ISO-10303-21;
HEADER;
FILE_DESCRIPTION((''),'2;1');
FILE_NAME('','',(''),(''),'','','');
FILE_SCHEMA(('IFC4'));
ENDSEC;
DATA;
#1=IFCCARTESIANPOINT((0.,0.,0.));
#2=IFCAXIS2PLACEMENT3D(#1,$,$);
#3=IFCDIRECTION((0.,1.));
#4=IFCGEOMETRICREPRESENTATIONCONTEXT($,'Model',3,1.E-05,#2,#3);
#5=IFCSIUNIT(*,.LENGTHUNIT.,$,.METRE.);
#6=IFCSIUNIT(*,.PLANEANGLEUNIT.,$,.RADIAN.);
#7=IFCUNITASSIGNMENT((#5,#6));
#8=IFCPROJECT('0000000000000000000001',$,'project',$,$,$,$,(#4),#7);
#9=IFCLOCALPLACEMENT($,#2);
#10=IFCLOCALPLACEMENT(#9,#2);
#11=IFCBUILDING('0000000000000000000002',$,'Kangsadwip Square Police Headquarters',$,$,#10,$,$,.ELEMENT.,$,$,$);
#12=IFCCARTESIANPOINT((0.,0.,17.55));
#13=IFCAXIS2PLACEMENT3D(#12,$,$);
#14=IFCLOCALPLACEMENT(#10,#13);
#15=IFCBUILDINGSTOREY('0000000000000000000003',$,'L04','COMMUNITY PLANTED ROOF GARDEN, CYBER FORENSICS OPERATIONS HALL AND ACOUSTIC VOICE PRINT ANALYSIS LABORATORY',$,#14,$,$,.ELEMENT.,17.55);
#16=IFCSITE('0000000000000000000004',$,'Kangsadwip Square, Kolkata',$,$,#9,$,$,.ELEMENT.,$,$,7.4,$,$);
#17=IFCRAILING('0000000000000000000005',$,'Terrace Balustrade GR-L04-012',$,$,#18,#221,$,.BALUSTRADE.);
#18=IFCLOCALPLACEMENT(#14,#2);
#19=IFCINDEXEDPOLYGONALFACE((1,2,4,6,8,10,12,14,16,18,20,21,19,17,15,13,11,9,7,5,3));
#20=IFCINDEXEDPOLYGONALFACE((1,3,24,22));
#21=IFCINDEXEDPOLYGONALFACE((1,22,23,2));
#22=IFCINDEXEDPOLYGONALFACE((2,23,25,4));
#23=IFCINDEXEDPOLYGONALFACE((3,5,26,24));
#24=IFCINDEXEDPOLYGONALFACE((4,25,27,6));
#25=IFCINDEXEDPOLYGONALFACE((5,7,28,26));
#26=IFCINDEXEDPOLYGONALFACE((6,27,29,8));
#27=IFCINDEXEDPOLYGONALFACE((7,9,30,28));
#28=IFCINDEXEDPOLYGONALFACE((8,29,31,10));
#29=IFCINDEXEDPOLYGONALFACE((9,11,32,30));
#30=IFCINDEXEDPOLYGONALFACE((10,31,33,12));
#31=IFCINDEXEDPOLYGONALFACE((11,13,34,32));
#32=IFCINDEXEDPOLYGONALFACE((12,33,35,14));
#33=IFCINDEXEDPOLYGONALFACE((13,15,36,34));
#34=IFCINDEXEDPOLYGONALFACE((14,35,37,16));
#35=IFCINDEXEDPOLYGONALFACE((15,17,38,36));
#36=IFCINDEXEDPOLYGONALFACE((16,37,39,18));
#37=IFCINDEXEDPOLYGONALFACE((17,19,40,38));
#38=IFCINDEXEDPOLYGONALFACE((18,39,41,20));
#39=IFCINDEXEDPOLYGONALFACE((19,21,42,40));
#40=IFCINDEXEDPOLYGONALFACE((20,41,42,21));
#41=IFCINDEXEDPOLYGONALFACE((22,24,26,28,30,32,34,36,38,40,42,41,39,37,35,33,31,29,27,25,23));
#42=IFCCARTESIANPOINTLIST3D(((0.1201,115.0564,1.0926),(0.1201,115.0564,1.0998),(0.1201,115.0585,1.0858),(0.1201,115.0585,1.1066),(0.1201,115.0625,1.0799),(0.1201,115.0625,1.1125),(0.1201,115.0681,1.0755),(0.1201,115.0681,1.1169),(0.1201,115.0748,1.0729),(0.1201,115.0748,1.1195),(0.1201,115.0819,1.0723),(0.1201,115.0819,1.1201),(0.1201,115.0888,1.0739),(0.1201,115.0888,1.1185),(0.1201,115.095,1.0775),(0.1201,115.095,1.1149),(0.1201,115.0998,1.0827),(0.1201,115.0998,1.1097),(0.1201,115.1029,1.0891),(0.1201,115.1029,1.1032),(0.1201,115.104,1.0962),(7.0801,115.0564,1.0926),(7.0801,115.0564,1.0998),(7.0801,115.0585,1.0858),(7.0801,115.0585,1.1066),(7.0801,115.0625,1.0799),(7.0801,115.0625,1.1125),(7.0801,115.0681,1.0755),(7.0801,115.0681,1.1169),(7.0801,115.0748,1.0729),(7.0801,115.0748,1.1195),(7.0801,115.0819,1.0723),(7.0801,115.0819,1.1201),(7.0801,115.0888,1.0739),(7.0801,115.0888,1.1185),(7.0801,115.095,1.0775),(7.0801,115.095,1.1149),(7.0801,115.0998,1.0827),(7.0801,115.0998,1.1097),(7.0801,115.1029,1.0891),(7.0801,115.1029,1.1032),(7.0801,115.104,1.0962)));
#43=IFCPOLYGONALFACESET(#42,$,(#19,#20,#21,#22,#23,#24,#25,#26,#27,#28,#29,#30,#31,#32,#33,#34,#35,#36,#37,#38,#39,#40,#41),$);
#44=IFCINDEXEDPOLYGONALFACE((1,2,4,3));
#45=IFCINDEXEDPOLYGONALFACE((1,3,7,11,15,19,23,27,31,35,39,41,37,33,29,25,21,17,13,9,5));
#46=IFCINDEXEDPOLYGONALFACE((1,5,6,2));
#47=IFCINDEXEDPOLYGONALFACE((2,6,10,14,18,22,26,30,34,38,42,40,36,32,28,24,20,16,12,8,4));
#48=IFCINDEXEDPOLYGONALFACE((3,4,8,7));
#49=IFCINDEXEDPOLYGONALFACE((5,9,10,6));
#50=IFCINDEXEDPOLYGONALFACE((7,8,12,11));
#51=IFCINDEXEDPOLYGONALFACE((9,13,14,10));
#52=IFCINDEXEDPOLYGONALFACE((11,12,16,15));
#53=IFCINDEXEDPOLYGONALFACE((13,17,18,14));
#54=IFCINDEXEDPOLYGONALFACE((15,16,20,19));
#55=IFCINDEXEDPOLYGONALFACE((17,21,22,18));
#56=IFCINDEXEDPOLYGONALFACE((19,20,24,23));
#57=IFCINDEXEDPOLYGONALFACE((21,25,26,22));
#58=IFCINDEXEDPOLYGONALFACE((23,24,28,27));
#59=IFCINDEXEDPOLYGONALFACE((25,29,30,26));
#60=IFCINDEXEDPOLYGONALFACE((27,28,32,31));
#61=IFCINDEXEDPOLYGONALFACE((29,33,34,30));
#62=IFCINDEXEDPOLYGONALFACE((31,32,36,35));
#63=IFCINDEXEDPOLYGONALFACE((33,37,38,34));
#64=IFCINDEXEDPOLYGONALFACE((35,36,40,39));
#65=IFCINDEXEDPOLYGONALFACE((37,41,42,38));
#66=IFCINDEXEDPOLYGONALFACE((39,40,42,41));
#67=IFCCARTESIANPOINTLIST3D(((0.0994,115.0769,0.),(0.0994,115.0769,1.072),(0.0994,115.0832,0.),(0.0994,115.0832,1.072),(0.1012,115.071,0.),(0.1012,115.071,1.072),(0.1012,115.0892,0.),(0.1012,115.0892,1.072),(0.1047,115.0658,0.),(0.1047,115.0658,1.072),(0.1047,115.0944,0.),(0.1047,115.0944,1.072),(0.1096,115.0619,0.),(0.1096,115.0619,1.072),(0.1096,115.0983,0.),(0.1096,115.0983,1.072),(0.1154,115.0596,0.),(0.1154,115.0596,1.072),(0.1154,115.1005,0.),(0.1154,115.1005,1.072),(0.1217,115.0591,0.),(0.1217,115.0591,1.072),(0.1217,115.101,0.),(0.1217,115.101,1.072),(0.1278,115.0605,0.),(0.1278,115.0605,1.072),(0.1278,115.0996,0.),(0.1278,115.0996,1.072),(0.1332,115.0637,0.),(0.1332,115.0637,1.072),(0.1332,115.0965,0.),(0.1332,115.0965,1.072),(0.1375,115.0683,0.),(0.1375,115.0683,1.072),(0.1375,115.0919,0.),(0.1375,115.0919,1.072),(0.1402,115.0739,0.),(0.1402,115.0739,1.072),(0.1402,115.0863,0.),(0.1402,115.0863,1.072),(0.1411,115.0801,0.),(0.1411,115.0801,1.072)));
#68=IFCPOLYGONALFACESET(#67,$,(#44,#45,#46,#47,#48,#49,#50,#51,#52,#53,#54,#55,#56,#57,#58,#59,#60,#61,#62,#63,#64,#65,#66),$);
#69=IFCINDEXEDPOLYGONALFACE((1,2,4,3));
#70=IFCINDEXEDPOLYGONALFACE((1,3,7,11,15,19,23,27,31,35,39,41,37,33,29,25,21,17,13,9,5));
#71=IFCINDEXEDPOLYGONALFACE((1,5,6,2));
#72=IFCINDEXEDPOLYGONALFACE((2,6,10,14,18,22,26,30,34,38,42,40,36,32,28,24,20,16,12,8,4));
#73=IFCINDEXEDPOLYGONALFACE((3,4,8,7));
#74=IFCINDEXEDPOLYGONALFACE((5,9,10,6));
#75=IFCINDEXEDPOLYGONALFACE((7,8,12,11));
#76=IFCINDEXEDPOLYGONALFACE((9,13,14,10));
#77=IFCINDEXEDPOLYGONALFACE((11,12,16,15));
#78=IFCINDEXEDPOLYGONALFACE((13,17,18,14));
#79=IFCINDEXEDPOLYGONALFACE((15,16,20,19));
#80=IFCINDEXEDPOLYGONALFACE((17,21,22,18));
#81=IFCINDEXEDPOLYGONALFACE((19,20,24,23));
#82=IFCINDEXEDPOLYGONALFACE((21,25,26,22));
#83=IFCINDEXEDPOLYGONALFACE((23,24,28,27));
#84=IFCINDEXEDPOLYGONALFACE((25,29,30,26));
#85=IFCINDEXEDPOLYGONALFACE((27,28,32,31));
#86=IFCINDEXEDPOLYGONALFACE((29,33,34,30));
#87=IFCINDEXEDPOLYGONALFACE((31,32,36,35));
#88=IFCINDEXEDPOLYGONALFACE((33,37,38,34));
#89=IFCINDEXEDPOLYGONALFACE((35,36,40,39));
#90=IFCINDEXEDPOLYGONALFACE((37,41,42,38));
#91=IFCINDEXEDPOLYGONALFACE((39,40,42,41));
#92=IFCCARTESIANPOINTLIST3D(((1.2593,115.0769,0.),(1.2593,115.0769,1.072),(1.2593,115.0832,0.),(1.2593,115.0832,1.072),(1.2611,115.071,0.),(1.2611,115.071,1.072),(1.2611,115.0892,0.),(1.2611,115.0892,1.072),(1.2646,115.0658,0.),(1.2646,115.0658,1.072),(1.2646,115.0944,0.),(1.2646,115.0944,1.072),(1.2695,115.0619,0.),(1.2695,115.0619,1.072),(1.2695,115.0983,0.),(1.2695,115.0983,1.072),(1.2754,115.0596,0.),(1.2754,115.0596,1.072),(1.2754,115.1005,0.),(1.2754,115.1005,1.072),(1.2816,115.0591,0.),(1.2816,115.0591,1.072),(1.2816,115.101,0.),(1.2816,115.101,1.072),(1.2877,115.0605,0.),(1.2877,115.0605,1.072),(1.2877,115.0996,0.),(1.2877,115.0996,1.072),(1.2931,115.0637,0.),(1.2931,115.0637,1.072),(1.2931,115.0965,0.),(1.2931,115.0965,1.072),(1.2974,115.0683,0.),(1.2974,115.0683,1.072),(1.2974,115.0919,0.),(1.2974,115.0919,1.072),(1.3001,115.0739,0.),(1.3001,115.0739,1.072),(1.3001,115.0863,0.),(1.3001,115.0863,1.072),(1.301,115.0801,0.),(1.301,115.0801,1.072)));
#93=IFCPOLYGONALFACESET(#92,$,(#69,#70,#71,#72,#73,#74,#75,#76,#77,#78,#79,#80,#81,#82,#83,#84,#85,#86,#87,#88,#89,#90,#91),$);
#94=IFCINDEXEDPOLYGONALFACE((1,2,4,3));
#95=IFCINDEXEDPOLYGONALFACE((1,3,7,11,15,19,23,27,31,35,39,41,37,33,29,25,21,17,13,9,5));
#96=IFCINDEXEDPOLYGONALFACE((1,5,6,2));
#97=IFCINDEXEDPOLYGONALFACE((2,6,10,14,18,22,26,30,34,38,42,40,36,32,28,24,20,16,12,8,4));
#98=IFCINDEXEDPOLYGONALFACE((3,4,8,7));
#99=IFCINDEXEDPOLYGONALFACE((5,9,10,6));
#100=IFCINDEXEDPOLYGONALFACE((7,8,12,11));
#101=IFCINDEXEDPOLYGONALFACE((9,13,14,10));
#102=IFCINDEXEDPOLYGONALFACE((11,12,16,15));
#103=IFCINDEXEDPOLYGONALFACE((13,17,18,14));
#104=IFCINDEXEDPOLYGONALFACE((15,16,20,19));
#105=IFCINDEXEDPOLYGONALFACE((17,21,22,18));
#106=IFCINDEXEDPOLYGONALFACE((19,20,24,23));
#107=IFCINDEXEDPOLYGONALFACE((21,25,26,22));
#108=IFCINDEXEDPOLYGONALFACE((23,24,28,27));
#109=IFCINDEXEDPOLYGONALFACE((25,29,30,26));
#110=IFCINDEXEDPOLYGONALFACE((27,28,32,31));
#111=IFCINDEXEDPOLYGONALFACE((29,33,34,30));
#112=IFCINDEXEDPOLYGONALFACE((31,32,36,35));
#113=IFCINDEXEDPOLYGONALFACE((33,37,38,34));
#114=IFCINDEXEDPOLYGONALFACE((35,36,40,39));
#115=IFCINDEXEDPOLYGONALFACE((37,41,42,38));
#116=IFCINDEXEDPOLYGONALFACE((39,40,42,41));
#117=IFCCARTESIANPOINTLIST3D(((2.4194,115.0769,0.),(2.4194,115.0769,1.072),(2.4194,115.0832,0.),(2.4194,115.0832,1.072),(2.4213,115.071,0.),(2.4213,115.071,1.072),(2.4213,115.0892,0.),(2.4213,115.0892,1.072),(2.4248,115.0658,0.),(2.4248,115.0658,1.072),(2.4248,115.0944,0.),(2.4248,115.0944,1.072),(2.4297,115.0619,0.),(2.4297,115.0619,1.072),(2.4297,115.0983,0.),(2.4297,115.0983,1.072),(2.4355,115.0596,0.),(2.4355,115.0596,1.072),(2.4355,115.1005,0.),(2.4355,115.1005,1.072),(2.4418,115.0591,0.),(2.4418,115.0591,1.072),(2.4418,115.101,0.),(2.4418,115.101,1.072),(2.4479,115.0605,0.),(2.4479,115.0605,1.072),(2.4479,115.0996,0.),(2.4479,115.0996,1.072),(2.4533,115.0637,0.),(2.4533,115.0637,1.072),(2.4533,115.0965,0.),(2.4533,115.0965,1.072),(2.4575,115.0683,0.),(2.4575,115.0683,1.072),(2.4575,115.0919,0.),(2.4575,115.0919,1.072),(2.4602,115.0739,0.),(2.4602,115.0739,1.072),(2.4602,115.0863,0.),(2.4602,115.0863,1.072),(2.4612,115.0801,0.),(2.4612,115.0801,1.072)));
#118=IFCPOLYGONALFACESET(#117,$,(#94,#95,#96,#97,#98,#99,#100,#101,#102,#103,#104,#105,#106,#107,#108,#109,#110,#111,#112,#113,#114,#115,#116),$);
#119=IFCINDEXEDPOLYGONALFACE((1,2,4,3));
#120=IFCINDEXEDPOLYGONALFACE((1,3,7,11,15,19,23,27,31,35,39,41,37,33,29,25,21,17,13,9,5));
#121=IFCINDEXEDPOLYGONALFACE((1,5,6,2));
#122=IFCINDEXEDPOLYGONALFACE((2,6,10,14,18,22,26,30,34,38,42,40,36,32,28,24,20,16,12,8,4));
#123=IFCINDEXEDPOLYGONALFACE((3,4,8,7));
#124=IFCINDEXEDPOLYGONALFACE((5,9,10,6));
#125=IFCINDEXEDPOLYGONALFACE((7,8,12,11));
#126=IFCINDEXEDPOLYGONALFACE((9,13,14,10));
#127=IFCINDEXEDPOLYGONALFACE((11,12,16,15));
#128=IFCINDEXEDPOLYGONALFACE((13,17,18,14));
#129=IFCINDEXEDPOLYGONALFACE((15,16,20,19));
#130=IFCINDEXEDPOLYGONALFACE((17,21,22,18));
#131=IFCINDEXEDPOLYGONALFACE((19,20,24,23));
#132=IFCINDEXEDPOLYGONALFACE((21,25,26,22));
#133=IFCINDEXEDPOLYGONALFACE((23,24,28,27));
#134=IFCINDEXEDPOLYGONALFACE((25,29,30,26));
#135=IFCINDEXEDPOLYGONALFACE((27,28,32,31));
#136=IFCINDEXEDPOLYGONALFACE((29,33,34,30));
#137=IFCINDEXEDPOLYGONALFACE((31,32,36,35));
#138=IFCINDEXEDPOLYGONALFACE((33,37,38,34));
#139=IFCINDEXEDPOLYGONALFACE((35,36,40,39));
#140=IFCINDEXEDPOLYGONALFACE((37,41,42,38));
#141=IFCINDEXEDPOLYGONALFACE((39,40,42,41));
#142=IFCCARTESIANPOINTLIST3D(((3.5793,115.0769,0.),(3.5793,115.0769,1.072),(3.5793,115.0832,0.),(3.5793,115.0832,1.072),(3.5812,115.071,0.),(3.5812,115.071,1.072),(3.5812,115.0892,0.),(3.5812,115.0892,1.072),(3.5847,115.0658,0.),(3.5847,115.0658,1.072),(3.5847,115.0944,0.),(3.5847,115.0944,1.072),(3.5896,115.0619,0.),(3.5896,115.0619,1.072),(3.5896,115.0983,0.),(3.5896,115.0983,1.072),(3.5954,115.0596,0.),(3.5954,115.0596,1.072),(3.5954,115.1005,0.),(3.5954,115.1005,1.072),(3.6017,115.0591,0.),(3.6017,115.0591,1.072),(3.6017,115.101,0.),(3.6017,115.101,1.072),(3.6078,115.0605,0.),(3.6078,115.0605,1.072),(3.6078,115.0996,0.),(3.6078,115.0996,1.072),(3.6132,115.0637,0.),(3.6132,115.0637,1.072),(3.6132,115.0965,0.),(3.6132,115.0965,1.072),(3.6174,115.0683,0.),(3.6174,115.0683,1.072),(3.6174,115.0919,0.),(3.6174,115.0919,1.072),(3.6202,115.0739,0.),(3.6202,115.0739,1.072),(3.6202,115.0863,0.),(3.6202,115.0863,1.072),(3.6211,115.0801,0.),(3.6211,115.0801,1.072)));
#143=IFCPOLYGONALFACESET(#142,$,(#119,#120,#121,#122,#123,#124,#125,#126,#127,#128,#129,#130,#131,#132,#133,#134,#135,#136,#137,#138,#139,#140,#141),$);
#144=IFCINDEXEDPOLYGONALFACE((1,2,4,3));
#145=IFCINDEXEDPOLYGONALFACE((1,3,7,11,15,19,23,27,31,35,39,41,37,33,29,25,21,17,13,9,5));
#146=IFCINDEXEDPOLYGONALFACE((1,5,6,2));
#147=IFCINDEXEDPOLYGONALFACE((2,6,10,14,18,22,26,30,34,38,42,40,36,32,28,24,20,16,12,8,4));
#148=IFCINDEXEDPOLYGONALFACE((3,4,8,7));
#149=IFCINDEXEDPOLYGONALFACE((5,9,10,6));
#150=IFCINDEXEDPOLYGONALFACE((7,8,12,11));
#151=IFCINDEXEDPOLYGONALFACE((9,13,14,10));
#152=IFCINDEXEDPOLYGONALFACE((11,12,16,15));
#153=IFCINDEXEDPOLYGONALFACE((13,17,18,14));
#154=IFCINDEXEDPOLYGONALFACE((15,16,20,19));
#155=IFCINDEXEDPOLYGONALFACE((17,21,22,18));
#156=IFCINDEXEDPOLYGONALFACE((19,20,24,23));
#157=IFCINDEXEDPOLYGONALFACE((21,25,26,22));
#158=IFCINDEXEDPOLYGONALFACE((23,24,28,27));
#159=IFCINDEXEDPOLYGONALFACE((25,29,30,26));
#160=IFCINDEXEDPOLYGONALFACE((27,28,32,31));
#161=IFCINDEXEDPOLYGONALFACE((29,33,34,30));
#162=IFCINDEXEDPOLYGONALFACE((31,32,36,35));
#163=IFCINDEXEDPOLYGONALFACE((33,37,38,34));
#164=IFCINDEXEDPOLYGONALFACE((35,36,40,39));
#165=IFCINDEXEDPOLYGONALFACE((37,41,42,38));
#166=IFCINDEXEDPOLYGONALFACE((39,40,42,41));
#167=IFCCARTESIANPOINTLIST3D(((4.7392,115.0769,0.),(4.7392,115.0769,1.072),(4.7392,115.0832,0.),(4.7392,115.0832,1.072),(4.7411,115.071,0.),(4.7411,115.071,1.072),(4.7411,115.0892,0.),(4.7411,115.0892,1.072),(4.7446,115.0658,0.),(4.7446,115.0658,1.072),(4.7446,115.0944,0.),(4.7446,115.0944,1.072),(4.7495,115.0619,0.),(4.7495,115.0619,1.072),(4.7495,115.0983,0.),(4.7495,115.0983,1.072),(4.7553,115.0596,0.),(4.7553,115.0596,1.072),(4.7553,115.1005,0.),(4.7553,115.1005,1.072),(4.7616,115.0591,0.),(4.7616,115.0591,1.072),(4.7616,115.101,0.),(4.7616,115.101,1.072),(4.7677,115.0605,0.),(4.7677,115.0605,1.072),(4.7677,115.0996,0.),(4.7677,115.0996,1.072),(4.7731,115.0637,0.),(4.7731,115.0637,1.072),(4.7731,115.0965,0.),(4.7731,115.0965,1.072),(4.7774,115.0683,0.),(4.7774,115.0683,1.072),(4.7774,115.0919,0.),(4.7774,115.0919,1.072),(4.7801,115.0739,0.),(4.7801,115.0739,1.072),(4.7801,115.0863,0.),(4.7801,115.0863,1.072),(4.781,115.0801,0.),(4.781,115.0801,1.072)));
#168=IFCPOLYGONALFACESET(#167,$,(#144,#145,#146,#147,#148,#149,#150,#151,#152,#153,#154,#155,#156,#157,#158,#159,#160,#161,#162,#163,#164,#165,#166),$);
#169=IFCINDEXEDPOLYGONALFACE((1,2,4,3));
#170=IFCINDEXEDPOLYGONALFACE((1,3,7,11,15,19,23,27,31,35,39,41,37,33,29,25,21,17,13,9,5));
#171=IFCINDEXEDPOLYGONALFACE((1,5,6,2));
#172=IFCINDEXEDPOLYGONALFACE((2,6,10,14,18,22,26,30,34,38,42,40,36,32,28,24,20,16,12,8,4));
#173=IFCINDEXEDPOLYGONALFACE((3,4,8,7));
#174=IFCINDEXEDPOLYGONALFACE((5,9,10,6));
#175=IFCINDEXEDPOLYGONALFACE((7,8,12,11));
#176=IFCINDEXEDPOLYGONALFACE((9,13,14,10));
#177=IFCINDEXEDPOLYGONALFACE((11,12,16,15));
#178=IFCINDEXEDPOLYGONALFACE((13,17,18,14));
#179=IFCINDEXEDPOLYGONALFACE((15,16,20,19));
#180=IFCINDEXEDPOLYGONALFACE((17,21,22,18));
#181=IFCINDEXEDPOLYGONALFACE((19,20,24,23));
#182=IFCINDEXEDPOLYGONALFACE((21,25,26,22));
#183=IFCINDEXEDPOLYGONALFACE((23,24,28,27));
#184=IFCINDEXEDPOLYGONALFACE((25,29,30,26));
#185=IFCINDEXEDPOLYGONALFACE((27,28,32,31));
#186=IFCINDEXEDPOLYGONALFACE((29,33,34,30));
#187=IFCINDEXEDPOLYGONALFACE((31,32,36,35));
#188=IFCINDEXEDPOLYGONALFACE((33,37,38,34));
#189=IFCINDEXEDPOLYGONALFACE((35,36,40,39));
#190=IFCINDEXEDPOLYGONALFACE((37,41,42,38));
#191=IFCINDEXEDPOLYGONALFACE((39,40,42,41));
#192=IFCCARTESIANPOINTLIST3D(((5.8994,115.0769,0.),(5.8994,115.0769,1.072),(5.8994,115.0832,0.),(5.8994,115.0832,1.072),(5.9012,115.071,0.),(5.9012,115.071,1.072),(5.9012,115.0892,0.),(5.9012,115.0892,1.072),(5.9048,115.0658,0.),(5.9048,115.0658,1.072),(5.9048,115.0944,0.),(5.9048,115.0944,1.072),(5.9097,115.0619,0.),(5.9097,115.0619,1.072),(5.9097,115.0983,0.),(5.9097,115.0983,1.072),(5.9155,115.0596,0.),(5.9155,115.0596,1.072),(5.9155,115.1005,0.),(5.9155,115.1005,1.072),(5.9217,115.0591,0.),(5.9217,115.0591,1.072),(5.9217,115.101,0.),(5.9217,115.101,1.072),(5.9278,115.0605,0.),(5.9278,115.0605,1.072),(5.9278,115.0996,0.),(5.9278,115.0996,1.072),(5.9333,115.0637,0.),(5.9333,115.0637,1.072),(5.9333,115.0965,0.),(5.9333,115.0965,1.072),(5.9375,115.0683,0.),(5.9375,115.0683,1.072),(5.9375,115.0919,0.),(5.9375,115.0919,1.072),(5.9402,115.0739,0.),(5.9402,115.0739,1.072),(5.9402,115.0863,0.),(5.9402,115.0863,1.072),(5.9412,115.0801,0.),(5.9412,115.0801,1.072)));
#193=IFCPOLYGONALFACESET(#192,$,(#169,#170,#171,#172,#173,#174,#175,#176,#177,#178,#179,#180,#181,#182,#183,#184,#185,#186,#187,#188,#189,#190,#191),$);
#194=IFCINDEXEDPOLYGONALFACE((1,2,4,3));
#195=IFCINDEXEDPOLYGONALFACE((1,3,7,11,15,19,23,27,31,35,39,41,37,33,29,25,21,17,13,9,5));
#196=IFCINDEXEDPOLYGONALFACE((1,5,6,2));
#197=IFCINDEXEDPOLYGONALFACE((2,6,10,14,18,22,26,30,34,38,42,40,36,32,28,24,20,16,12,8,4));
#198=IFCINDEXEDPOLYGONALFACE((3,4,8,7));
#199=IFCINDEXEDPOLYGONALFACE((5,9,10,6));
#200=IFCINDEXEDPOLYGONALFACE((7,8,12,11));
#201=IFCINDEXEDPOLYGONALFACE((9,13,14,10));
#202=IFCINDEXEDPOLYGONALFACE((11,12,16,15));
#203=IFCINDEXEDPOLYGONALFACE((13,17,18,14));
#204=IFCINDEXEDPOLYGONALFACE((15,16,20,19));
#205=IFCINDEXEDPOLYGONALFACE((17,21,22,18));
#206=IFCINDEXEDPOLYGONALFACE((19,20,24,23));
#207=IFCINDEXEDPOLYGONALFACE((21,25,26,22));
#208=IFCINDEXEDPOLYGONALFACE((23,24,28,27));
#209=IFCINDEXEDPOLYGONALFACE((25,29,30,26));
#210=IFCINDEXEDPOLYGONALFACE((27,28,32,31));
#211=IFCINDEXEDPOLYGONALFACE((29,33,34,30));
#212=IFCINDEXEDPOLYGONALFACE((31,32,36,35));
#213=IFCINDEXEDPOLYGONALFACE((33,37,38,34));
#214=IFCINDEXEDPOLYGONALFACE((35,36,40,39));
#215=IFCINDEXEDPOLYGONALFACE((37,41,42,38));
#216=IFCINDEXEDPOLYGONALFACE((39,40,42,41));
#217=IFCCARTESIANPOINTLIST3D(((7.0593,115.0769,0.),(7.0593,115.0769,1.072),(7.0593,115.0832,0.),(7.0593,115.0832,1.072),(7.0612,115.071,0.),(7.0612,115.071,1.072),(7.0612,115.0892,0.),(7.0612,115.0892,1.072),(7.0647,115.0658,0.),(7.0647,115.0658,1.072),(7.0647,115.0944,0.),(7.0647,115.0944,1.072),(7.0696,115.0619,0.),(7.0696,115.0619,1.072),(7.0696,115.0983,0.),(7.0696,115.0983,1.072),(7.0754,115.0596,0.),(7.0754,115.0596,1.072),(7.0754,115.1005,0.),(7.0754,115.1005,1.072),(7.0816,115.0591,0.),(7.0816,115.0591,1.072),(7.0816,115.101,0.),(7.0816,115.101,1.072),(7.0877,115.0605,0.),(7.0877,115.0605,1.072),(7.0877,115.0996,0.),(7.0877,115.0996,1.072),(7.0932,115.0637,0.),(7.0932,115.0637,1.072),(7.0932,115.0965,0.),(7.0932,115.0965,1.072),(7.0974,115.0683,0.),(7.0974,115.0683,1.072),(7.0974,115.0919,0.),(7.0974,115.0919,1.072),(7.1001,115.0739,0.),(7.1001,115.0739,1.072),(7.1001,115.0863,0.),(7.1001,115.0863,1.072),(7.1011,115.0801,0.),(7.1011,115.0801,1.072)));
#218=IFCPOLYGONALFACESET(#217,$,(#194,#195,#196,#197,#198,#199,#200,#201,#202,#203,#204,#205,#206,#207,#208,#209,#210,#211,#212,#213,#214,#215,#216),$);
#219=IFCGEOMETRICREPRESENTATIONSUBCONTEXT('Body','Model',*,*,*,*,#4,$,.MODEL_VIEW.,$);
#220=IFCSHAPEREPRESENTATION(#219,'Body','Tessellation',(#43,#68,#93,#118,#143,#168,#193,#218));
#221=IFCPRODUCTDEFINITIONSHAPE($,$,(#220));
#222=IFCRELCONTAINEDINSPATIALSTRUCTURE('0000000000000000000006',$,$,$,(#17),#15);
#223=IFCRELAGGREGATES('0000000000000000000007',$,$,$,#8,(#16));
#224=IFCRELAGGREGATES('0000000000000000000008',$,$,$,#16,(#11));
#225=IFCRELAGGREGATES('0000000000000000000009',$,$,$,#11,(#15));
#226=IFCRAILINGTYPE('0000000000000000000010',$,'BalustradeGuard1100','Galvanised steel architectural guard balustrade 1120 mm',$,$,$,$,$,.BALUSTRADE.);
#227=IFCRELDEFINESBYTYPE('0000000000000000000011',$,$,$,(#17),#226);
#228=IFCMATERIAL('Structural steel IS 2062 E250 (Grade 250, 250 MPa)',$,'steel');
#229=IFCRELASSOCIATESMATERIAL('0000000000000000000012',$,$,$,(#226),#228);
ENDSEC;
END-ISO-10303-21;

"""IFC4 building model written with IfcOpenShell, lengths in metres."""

from ifc_helpers import new_model, si_unit, direction, frame, origin, origin_2d, place, context, subcontext, project, spatial, circle, extrude, material, type_object, element, save


model = new_model("IFC4")

# Units and contexts
model_context = context("Model", 3, precision=1e-05, world=origin(), true_north=direction((0.0, 1.0)))
body_context = subcontext(model_context, "Body", "Model", "MODEL_VIEW")
ifc_project = project(units=[si_unit("LENGTHUNIT", "METRE"), si_unit("PLANEANGLEUNIT", "RADIAN")], contexts=[model_context])

# Site, building, storey
site_placement = place(None, origin())
site = spatial("IfcSite", under=ifc_project, at=site_placement, Name="Kangsadwip Square, Kolkata", CompositionType="ELEMENT", RefElevation=7.4)
building_placement = place(site_placement, origin())
building = spatial("IfcBuilding", under=site, at=building_placement, Name="Kangsadwip Square Police Headquarters", CompositionType="ELEMENT")
storey_placement = place(building_placement, frame((0.0, 0.0, 17.55)))
storey = spatial("IfcBuildingStorey", under=building, at=storey_placement, Name="L04", Description="COMMUNITY PLANTED ROOF GARDEN, CYBER FORENSICS OPERATIONS HALL AND ACOUSTIC VOICE PRINT ANALYSIS LABORATORY", CompositionType="ELEMENT", Elevation=17.55)

# Railing
ifc_material_1 = material(Name="Structural steel IS 2062 E250 (Grade 250, 250 MPa)", Category="steel")
railing_type = type_object("IfcRailingType", Name="BalustradeGuard1100", Description="Galvanised steel architectural guard balustrade 1120 mm", PredefinedType="BALUSTRADE", material=ifc_material_1)
for number, where, name in (
    (1, (0.1201, 115.0801, 0.0), "Terrace Balustrade GR-L04-012"),
):
    element("IfcRailing", number, at=place(storey_placement, frame(where)), inside=storey, type_object=railing_type, Name=name, PredefinedType="BALUSTRADE", context=body_context, shape_type="SweptSolid", body=[
        extrude(circle(Radius=0.0239, at=origin_2d()), frame((0.0, 0.0, 1.0962), z_axis=(1.0, 0.0, 0.0), x_axis=(0.0, 1.0, 0.0)), (0.0, 0.0, 1.0), 6.96),
        extrude(circle(Radius=0.021, at=origin_2d()), origin(), (0.0, 0.0, 1.0), 1.072),
        extrude(circle(Radius=0.021, at=origin_2d()), frame((1.1599, 0.0, 0.0)), (0.0, 0.0, 1.0), 1.072),
        extrude(circle(Radius=0.021, at=origin_2d()), frame((2.3201, 0.0, 0.0)), (0.0, 0.0, 1.0), 1.072),
        extrude(circle(Radius=0.021, at=origin_2d()), frame((3.48, 0.0, 0.0)), (0.0, 0.0, 1.0), 1.072),
        extrude(circle(Radius=0.021, at=origin_2d()), frame((4.6399, 0.0, 0.0)), (0.0, 0.0, 1.0), 1.072),
        extrude(circle(Radius=0.021, at=origin_2d()), frame((5.8, 0.0, 0.0)), (0.0, 0.0, 1.0), 1.072),
        extrude(circle(Radius=0.021, at=origin_2d()), frame((6.96, 0.0, 0.0)), (0.0, 0.0, 1.0), 1.072),
    ])

save(model, "model.ifc")
